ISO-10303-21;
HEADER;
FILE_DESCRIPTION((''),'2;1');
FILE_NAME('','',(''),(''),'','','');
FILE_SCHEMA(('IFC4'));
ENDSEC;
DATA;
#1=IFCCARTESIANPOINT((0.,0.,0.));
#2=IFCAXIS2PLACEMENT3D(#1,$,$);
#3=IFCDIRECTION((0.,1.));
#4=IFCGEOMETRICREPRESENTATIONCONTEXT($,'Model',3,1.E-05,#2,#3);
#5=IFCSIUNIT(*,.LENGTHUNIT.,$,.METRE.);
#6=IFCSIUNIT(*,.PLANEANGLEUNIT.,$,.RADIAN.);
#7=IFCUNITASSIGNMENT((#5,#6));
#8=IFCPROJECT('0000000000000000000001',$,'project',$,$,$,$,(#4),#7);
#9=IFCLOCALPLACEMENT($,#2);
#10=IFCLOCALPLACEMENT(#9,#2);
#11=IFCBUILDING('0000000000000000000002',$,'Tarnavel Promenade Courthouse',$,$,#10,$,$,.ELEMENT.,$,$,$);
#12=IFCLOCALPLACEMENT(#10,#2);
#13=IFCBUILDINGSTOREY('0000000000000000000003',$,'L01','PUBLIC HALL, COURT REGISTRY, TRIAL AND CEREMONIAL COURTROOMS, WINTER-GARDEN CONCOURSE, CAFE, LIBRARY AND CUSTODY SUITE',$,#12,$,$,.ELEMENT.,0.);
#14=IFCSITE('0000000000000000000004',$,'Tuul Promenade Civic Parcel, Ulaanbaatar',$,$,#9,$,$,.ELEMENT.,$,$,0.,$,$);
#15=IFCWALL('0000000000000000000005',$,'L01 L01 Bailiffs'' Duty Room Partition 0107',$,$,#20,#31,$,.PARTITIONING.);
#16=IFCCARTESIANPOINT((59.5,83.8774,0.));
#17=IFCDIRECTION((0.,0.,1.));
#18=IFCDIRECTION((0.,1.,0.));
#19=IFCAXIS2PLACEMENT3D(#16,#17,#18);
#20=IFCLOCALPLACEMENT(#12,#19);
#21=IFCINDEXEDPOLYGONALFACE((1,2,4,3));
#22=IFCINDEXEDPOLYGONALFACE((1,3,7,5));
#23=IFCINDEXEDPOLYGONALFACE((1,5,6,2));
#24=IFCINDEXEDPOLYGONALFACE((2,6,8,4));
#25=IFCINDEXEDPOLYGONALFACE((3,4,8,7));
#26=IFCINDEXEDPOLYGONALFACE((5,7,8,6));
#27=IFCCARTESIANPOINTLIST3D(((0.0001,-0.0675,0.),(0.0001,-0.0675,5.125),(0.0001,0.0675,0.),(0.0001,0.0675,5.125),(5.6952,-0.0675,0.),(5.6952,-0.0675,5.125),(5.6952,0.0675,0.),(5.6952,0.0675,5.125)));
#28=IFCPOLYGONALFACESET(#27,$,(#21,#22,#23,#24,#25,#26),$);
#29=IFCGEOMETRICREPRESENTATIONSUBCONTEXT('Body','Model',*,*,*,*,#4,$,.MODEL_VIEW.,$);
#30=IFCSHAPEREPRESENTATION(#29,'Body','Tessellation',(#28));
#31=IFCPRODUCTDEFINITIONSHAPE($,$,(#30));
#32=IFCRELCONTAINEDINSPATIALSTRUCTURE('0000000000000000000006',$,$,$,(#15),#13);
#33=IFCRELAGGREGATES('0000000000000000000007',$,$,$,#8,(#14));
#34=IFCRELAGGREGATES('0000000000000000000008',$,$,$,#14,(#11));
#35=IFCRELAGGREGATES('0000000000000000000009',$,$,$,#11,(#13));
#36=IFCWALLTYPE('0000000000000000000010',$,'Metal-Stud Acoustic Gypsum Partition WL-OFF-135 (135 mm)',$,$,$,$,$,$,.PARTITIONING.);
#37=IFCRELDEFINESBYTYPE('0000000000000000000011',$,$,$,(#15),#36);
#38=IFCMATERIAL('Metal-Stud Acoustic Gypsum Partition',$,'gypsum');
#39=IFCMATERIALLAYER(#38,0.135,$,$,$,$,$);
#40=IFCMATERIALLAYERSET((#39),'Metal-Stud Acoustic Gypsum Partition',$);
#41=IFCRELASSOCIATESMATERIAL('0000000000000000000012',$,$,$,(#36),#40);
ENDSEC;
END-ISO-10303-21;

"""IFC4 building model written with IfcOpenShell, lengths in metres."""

from ifc_helpers import new_model, si_unit, direction, frame, frame_2d, origin, place, context, subcontext, project, spatial, rectangle, extrude, material, layer, layer_set, type_object, element, save


model = new_model("IFC4")

# Units and contexts
model_context = context("Model", 3, precision=1e-05, world=origin(), true_north=direction((0.0, 1.0)))
body_context = subcontext(model_context, "Body", "Model", "MODEL_VIEW")
ifc_project = project(units=[si_unit("LENGTHUNIT", "METRE"), si_unit("PLANEANGLEUNIT", "RADIAN")], contexts=[model_context])

# Site, building, storey
site_placement = place(None, origin())
site = spatial("IfcSite", under=ifc_project, at=site_placement, Name="Tuul Promenade Civic Parcel, Ulaanbaatar", CompositionType="ELEMENT", RefElevation=0.0)
building_placement = place(site_placement, origin())
building = spatial("IfcBuilding", under=site, at=building_placement, Name="Tarnavel Promenade Courthouse", CompositionType="ELEMENT")
storey_placement = place(building_placement, origin())
storey = spatial("IfcBuildingStorey", under=building, at=storey_placement, Name="L01", Description="PUBLIC HALL, COURT REGISTRY, TRIAL AND CEREMONIAL COURTROOMS, WINTER-GARDEN CONCOURSE, CAFE, LIBRARY AND CUSTODY SUITE", CompositionType="ELEMENT", Elevation=0.0)

# Shared definitions
ifc_material_1 = material(Name="Metal-Stud Acoustic Gypsum Partition", Category="gypsum")
ifc_layer_1 = layer(ifc_material_1, 0.135)
ifc_layer_set_1 = layer_set([ifc_layer_1], Name="Metal-Stud Acoustic Gypsum Partition")
wall_type_1 = type_object("IfcWallType", Name="Metal-Stud Acoustic Gypsum Partition WL-OFF-135 (135 mm)", PredefinedType="PARTITIONING", material=ifc_layer_set_1)

# Wall
for number, where, z_axis, x_axis, name in (
    (1, (59.5, 83.8774, 0.0), (0.0, 0.0, 1.0), (0.0, 1.0, 0.0), "L01 L01 Bailiffs' Duty Room Partition 0107"),
):
    element("IfcWall", number, at=place(storey_placement, frame(where, z_axis=z_axis, x_axis=x_axis)), inside=storey, type_object=wall_type_1, Name=name, PredefinedType="PARTITIONING", context=body_context, shape_type="SweptSolid", body=[
        extrude(rectangle(XDim=5.6951, YDim=0.135, at=frame_2d((2.8477, 0.0))), origin(), (0.0, 0.0, 1.0), 5.125),
    ])

save(model, "model.ifc")
